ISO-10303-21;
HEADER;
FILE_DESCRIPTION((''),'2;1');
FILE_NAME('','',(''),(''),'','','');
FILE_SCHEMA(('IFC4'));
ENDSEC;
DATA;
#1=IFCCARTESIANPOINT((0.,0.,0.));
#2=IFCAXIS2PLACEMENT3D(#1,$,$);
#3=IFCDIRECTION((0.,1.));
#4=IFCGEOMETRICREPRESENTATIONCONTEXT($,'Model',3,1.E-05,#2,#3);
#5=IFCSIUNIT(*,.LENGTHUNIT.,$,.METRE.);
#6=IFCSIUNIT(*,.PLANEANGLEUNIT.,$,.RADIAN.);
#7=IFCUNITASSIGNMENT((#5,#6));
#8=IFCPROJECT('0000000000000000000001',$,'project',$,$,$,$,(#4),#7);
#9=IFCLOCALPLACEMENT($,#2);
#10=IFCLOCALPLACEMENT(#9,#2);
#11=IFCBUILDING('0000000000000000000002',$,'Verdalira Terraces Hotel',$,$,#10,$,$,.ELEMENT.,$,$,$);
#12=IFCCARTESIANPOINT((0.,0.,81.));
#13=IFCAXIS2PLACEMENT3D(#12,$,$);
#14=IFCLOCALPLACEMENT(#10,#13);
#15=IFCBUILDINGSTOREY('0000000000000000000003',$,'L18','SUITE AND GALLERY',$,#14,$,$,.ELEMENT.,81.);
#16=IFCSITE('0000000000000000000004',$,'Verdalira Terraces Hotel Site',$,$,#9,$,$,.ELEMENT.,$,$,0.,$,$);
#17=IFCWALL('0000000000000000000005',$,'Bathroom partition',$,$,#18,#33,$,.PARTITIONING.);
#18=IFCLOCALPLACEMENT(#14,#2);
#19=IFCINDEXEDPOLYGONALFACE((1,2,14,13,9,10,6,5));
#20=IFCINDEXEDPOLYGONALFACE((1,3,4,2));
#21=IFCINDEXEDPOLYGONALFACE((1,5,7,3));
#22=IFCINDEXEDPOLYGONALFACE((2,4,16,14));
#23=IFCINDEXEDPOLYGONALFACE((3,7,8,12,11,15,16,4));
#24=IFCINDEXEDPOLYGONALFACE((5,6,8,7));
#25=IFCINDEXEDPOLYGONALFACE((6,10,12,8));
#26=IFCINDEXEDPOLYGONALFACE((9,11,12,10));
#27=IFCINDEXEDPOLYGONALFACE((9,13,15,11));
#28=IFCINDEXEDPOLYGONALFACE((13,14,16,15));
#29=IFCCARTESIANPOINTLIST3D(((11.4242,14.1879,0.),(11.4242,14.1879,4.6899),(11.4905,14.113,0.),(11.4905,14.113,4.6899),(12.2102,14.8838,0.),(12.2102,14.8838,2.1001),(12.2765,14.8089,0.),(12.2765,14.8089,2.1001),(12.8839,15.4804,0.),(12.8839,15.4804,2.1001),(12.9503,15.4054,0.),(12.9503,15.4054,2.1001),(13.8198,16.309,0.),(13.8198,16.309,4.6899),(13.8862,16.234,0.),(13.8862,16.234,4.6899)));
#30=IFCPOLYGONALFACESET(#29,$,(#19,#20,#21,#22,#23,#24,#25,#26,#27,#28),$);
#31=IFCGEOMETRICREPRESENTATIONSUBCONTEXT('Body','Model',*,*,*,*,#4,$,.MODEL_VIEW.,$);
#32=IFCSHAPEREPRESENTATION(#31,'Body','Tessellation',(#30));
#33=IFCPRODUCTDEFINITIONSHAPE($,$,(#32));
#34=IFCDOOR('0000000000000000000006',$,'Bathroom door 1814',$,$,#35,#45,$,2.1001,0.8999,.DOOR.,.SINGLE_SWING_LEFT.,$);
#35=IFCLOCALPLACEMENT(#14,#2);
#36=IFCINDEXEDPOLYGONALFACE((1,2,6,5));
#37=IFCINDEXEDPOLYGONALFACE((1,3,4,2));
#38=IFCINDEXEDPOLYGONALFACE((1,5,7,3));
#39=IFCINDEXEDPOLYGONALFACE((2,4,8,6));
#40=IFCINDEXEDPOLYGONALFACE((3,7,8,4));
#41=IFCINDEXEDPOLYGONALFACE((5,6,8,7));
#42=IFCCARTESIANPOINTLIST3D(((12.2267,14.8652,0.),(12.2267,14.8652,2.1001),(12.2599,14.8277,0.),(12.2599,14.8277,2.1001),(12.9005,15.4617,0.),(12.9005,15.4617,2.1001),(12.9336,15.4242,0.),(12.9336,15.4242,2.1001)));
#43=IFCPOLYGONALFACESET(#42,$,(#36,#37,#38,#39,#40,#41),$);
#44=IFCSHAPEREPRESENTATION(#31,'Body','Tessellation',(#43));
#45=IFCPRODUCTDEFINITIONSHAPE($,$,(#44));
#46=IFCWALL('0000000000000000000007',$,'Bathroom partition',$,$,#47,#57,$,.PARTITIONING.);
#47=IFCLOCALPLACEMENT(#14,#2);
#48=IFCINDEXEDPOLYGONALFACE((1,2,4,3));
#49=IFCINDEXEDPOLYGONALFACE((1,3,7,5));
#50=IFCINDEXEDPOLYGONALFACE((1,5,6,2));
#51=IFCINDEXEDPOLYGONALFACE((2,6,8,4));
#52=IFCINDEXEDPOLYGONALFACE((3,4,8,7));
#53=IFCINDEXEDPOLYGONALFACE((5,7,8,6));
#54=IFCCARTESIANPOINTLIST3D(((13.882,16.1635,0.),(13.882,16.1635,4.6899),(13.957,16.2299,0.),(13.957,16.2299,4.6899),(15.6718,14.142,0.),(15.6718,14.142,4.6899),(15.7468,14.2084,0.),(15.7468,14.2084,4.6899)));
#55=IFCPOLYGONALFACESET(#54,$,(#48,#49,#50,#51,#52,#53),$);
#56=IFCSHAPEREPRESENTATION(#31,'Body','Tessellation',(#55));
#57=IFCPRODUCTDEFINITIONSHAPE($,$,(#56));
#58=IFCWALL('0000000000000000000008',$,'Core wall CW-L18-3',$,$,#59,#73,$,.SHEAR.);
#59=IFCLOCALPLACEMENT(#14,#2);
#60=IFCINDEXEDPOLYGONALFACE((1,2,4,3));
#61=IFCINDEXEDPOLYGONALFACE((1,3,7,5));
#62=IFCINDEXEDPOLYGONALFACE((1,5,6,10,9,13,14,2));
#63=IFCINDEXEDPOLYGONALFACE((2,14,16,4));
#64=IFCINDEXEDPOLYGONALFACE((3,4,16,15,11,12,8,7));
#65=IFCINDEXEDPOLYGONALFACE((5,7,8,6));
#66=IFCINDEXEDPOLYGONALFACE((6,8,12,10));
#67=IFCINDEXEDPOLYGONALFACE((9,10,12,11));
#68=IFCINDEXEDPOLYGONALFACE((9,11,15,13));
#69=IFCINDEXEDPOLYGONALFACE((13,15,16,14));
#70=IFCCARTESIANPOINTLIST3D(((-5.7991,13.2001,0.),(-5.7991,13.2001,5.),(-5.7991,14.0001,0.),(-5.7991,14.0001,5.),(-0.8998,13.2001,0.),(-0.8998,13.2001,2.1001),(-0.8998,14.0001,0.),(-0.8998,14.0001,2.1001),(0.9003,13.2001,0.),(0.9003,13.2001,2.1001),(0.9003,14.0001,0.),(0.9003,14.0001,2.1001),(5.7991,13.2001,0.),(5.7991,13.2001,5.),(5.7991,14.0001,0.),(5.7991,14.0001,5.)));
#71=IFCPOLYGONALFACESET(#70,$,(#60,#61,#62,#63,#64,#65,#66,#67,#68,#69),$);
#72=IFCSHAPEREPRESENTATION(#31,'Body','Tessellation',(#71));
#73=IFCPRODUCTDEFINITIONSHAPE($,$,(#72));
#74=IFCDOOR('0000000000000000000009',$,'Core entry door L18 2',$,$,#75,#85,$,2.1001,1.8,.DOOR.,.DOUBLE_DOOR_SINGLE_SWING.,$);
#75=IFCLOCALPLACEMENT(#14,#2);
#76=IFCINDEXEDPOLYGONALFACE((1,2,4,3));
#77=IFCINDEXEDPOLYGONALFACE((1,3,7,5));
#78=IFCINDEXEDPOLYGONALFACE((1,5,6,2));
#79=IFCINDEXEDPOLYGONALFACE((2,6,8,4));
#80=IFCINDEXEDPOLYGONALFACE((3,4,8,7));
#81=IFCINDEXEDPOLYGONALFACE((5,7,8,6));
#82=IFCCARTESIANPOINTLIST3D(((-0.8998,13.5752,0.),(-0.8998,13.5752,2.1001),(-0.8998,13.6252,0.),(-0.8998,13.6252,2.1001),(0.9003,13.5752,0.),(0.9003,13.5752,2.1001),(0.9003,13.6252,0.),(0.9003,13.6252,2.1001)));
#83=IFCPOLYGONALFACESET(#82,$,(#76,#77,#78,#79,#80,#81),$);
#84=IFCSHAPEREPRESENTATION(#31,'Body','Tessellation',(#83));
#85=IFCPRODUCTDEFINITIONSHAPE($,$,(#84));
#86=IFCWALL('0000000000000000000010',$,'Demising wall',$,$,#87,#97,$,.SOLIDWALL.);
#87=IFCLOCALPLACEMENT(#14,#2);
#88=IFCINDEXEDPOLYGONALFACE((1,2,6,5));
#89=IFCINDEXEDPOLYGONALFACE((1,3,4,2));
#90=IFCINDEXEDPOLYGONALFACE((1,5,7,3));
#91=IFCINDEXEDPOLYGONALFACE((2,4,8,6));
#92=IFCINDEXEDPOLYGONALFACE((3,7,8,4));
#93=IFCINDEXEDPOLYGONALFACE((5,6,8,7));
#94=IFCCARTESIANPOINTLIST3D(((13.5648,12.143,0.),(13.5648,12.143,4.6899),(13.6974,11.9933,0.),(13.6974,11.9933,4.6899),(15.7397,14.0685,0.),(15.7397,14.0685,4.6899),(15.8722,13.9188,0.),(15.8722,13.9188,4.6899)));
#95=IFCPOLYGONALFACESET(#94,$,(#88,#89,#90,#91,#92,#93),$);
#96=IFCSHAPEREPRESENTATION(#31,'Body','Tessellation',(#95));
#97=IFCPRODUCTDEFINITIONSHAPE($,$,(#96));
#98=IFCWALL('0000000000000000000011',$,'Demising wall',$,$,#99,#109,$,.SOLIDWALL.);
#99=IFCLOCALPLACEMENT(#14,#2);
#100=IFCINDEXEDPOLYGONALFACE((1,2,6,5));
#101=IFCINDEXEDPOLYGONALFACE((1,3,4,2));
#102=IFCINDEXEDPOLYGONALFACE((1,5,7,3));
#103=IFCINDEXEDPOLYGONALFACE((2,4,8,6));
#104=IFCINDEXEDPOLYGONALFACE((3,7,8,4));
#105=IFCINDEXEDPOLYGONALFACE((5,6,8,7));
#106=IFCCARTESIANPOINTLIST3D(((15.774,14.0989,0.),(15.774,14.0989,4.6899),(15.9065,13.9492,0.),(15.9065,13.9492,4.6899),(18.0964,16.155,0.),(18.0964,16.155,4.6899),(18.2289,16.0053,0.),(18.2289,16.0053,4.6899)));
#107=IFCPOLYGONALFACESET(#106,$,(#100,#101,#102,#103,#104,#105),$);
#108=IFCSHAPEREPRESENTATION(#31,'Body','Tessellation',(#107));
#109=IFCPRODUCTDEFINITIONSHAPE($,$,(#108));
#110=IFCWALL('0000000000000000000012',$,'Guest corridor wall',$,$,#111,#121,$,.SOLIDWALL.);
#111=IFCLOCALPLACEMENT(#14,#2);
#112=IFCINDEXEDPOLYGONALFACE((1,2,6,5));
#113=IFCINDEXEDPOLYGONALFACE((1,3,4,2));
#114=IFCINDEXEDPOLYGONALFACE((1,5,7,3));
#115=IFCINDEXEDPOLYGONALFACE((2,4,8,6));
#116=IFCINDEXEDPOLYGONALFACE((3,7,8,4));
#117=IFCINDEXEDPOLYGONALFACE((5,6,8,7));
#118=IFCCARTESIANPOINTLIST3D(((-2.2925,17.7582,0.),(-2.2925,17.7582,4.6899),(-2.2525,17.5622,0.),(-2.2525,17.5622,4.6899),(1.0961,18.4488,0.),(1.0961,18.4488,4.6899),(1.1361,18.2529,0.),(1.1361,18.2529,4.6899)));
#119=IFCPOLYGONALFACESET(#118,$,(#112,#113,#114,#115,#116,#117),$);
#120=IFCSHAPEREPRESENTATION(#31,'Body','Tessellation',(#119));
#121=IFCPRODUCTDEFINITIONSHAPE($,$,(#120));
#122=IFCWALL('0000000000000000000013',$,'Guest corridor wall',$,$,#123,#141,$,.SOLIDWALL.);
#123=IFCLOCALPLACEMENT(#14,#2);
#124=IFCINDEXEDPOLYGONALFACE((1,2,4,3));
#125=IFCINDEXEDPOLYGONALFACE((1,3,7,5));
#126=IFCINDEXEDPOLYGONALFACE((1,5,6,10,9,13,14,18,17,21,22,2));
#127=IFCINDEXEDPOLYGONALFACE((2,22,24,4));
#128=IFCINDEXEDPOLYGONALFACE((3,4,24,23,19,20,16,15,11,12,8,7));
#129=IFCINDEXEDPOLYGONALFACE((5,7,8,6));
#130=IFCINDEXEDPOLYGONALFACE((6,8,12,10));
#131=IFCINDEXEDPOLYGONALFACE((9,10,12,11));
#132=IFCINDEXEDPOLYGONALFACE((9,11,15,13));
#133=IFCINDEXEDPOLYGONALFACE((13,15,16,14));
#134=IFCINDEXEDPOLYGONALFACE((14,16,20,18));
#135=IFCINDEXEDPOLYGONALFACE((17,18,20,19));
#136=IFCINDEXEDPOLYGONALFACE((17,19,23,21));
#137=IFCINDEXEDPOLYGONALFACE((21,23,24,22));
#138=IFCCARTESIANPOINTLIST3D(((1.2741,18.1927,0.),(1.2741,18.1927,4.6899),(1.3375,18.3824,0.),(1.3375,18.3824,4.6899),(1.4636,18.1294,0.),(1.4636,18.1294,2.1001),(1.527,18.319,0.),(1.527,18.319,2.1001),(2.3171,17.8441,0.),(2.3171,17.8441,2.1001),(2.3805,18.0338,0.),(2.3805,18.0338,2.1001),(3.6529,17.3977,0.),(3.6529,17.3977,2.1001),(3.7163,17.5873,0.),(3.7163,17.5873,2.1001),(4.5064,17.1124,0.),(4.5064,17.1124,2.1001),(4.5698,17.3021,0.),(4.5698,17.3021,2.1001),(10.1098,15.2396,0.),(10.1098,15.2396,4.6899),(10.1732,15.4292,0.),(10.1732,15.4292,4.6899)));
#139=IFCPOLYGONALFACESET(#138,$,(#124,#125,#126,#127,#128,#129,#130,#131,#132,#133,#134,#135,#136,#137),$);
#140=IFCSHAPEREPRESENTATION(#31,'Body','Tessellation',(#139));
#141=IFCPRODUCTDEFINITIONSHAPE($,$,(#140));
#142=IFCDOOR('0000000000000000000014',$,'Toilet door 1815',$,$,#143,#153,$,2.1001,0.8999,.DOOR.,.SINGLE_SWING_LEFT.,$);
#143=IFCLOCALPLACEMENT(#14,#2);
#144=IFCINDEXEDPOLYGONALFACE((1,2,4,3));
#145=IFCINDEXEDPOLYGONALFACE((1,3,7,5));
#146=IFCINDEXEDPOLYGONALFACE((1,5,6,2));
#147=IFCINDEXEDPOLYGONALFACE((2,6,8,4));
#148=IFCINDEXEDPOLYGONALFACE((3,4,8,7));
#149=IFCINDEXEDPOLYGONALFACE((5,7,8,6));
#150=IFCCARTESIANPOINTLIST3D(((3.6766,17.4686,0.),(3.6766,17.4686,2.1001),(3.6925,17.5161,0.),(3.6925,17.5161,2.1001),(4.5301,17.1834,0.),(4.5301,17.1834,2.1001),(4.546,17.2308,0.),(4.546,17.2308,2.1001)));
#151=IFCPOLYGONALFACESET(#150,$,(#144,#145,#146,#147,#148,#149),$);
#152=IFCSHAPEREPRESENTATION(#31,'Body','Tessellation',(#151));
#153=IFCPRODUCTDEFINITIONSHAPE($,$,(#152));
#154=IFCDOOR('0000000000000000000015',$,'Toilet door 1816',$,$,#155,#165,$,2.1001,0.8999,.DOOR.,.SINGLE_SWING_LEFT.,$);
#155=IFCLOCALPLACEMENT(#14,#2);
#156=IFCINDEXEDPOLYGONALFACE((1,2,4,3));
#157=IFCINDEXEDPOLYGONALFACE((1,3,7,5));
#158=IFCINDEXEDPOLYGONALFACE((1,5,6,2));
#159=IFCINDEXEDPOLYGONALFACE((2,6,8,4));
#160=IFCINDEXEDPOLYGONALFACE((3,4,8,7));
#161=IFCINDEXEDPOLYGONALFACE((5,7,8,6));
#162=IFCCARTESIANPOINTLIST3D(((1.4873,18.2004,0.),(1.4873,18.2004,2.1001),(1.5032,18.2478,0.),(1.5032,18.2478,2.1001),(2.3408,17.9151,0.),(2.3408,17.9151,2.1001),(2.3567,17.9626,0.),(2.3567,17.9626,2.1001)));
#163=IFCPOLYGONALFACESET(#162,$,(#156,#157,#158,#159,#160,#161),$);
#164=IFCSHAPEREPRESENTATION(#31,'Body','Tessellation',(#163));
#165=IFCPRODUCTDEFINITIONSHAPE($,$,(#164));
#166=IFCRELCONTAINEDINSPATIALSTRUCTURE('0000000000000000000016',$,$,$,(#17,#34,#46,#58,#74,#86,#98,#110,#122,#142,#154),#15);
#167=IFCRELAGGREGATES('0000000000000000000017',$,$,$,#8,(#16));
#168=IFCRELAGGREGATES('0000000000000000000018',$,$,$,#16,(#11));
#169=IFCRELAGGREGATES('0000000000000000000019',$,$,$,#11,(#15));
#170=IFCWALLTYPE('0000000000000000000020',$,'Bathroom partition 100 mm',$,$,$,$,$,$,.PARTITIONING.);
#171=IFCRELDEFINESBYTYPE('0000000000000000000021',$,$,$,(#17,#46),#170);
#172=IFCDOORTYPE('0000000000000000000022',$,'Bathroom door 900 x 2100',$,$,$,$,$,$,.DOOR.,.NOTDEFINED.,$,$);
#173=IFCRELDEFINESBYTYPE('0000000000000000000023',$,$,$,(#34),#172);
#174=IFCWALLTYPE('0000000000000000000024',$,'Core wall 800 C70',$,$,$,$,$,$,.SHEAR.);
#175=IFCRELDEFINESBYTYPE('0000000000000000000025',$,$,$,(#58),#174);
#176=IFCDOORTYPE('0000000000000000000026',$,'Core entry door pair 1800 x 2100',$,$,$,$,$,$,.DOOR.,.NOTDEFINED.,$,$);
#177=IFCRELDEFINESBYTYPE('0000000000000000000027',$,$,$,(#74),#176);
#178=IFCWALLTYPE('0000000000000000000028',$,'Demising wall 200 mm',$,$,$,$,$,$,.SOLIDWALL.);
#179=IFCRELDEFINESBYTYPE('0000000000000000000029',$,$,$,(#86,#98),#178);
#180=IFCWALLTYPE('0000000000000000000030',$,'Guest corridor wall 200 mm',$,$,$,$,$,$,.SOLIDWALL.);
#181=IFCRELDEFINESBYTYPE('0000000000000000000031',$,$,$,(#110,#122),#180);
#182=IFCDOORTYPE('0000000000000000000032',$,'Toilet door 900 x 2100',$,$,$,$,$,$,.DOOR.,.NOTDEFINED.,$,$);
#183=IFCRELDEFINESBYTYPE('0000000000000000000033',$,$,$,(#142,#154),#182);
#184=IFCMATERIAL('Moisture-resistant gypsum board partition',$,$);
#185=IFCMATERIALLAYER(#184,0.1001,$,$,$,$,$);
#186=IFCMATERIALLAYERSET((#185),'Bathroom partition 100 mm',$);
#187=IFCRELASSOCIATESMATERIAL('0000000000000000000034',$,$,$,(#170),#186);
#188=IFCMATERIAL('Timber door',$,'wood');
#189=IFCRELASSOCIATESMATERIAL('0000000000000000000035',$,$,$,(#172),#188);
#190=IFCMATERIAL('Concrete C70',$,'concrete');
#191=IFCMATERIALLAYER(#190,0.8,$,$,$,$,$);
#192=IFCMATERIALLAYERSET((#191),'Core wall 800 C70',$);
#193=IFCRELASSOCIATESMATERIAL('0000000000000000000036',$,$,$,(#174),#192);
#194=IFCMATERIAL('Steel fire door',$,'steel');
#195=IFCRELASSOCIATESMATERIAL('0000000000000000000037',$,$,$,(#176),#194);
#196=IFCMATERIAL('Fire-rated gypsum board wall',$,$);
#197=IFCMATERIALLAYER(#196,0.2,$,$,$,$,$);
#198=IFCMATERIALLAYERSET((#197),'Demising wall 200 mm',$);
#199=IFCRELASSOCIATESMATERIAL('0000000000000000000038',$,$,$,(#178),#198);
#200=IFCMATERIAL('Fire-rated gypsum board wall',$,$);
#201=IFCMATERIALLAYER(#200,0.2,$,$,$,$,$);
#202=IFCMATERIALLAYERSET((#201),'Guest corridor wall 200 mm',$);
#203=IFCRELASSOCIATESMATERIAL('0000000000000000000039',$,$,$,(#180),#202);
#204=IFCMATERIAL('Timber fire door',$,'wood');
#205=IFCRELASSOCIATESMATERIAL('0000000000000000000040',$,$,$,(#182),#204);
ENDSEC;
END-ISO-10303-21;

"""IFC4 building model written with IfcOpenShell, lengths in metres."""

from ifc_helpers import new_model, si_unit, direction, frame, frame_2d, origin, place, context, subcontext, project, spatial, rectangle, extrude, material, layer, layer_set, type_object, element, fill, save


model = new_model("IFC4")

# Units and contexts
model_context = context("Model", 3, precision=1e-05, world=origin(), true_north=direction((0.0, 1.0)))
body_context = subcontext(model_context, "Body", "Model", "MODEL_VIEW")
ifc_project = project(units=[si_unit("LENGTHUNIT", "METRE"), si_unit("PLANEANGLEUNIT", "RADIAN")], contexts=[model_context])

# Site, building, storey
site_placement = place(None, origin())
site = spatial("IfcSite", under=ifc_project, at=site_placement, Name="Verdalira Terraces Hotel Site", CompositionType="ELEMENT", RefElevation=0.0)
building_placement = place(site_placement, origin())
building = spatial("IfcBuilding", under=site, at=building_placement, Name="Verdalira Terraces Hotel", CompositionType="ELEMENT")
storey_placement = place(building_placement, frame((0.0, 0.0, 81.0)))
storey = spatial("IfcBuildingStorey", under=building, at=storey_placement, Name="L18", Description="SUITE AND GALLERY", CompositionType="ELEMENT", Elevation=81.0)

# Wall, opening, door
ifc_material_1 = material(Name="Moisture-resistant gypsum board partition")
ifc_layer_1 = layer(ifc_material_1, 0.1001)
ifc_layer_set_1 = layer_set([ifc_layer_1], Name="Bathroom partition 100 mm")
wall_type_1 = type_object("IfcWallType", Name="Bathroom partition 100 mm", PredefinedType="PARTITIONING", material=ifc_layer_set_1)
wall_1_placement = place(storey_placement, frame((13.853, 16.2715, 0.0), z_axis=(0.0, 0.0, 1.0), x_axis=(-0.748721, -0.662885, 0.0)))
wall_1 = element("IfcWall", 1, at=wall_1_placement, inside=storey, type_object=wall_type_1, Name="Bathroom partition", PredefinedType="PARTITIONING", context=body_context, shape_type="SweptSolid", body=[
    extrude(rectangle(XDim=3.1997, YDim=0.1001, at=frame_2d((1.5999, 0.0))), origin(), (0.0, 0.0, 1.0), 4.6899),
])
opening_1_placement = place(wall_1_placement, frame((1.25, 0.0, 0.0)))
opening_1 = element("IfcOpeningElement", 2, at=opening_1_placement, cuts=wall_1, PredefinedType="OPENING", context=body_context, shape_type="SweptSolid", body=[
    extrude(rectangle(XDim=0.8999, YDim=2.1001, at=frame_2d((0.45, 1.05))), frame((0.0, 0.0601, 0.0), z_axis=(0.0, -1.0, 0.0), x_axis=(1.0, 0.0, 0.0)), (0.0, 0.0, 1.0), 0.1201),
])
ifc_material_2 = material(Name="Timber door", Category="wood")
door_type_1 = type_object("IfcDoorType", Name="Bathroom door 900 x 2100", OperationType="NOTDEFINED", PredefinedType="DOOR", material=ifc_material_2)
door_1_placement = place(opening_1_placement, origin())
door_1 = element("IfcDoor", 3, at=door_1_placement, inside=storey, type_object=door_type_1, Name="Bathroom door 1814", OperationType="SINGLE_SWING_LEFT", OverallHeight=2.1001, OverallWidth=0.8999, PredefinedType="DOOR", context=body_context, shape_type="SweptSolid", body=[
    extrude(rectangle(XDim=0.8999, YDim=2.1001, at=frame_2d((0.45, 1.05))), frame((0.0, 0.0249, 0.0), z_axis=(0.0, -1.0, 0.0), x_axis=(1.0, 0.0, 0.0)), (0.0, 0.0, 1.0), 0.05),
])
fill(opening_1, door_1)

# Wall
wall_2_placement = place(storey_placement, frame((13.9194, 16.1968, 0.0), z_axis=(0.0, 0.0, 1.0), x_axis=(0.662898, -0.74871, 0.0)))
element("IfcWall", 4, at=wall_2_placement, inside=storey, type_object=wall_type_1, Name="Bathroom partition", PredefinedType="PARTITIONING", context=body_context, shape_type="SweptSolid", body=[
    extrude(rectangle(XDim=2.7, YDim=0.1001, at=frame_2d((1.3501, 0.0))), origin(), (0.0, 0.0, 1.0), 4.6899),
])

# Wall, opening, door
ifc_material_3 = material(Name="Concrete C70", Category="concrete")
ifc_layer_2 = layer(ifc_material_3, 0.8)
ifc_layer_set_2 = layer_set([ifc_layer_2], Name="Core wall 800 C70")
wall_type_2 = type_object("IfcWallType", Name="Core wall 800 C70", PredefinedType="SHEAR", material=ifc_layer_set_2)
wall_3_placement = place(storey_placement, frame((5.7991, 13.6001, 0.0), z_axis=(0.0, 0.0, 1.0), x_axis=(-1.0, 0.0, 0.0)))
wall_3 = element("IfcWall", 5, at=wall_3_placement, inside=storey, type_object=wall_type_2, Name="Core wall CW-L18-3", PredefinedType="SHEAR", context=body_context, shape_type="SweptSolid", body=[
    extrude(rectangle(XDim=11.5981, YDim=0.8, at=frame_2d((5.7991, 0.0))), origin(), (0.0, 0.0, 1.0), 5.0),
])
opening_2_placement = place(wall_3_placement, frame((4.8989, 0.0, 0.0)))
opening_2 = element("IfcOpeningElement", 6, at=opening_2_placement, cuts=wall_3, PredefinedType="OPENING", context=body_context, shape_type="SweptSolid", body=[
    extrude(rectangle(XDim=1.8, YDim=2.1001, at=frame_2d((0.8999, 1.05))), frame((0.0, 0.4099, 0.0), z_axis=(0.0, -1.0, 0.0), x_axis=(1.0, 0.0, 0.0)), (0.0, 0.0, 1.0), 0.8201),
])
ifc_material_4 = material(Name="Steel fire door", Category="steel")
door_type_2 = type_object("IfcDoorType", Name="Core entry door pair 1800 x 2100", OperationType="NOTDEFINED", PredefinedType="DOOR", material=ifc_material_4)
door_2_placement = place(opening_2_placement, origin())
door_2 = element("IfcDoor", 7, at=door_2_placement, inside=storey, type_object=door_type_2, Name="Core entry door L18 2", OperationType="DOUBLE_DOOR_SINGLE_SWING", OverallHeight=2.1001, OverallWidth=1.8, PredefinedType="DOOR", context=body_context, shape_type="SweptSolid", body=[
    extrude(rectangle(XDim=1.8, YDim=2.1001, at=frame_2d((0.8999, 1.05))), frame((0.0, 0.0249, 0.0), z_axis=(0.0, -1.0, 0.0), x_axis=(1.0, 0.0, 0.0)), (0.0, 0.0, 1.0), 0.05),
])
fill(opening_2, door_2)

# Walls
ifc_material_5 = material(Name="Fire-rated gypsum board wall")
ifc_layer_3 = layer(ifc_material_5, 0.2)
ifc_layer_set_3 = layer_set([ifc_layer_3], Name="Demising wall 200 mm")
wall_type_3 = type_object("IfcWallType", Name="Demising wall 200 mm", PredefinedType="SOLIDWALL", material=ifc_layer_set_3)
wall_4_placement = place(storey_placement, frame((13.6311, 12.0681, 0.0), z_axis=(0.0, 0.0, 1.0), x_axis=(0.748711, 0.662897, 0.0)))
element("IfcWall", 8, at=wall_4_placement, inside=storey, type_object=wall_type_3, Name="Demising wall", PredefinedType="SOLIDWALL", context=body_context, shape_type="SweptSolid", body=[
    extrude(rectangle(XDim=2.9048, YDim=0.2, at=frame_2d((1.4524, 0.0))), origin(), (0.0, 0.0, 1.0), 4.6899),
])
wall_5_placement = place(storey_placement, frame((15.8403, 14.0242, 0.0), z_axis=(0.0, 0.0, 1.0), x_axis=(0.748737, 0.662868, 0.0)))
element("IfcWall", 9, at=wall_5_placement, inside=storey, type_object=wall_type_3, Name="Demising wall", PredefinedType="SOLIDWALL", context=body_context, shape_type="SweptSolid", body=[
    extrude(rectangle(XDim=3.1018, YDim=0.2, at=frame_2d((1.5508, 0.0))), origin(), (0.0, 0.0, 1.0), 4.6899),
])
ifc_material_6 = material(Name="Fire-rated gypsum board wall")
ifc_layer_4 = layer(ifc_material_6, 0.2)
ifc_layer_set_4 = layer_set([ifc_layer_4], Name="Guest corridor wall 200 mm")
wall_type_4 = type_object("IfcWallType", Name="Guest corridor wall 200 mm", PredefinedType="SOLIDWALL", material=ifc_layer_set_4)
wall_6_placement = place(storey_placement, frame((1.116, 18.3508, 0.0), z_axis=(0.0, 0.0, 1.0), x_axis=(-0.979855, -0.199712, 0.0)))
element("IfcWall", 10, at=wall_6_placement, inside=storey, type_object=wall_type_4, Name="Guest corridor wall", PredefinedType="SOLIDWALL", context=body_context, shape_type="SweptSolid", body=[
    extrude(rectangle(XDim=3.4583, YDim=0.2, at=frame_2d((1.729, 0.0))), origin(), (0.0, 0.0, 1.0), 4.6899),
])

# Wall, openings, doors
wall_7_placement = place(storey_placement, frame((1.3057, 18.2876, 0.0), z_axis=(0.0, 0.0, 1.0), x_axis=(0.948429, -0.31699, 0.0)))
wall_7 = element("IfcWall", 11, at=wall_7_placement, inside=storey, type_object=wall_type_4, Name="Guest corridor wall", PredefinedType="SOLIDWALL", context=body_context, shape_type="SweptSolid", body=[
    extrude(rectangle(XDim=9.3162, YDim=0.2, at=frame_2d((4.6582, 0.0))), origin(), (0.0, 0.0, 1.0), 4.6899),
])
opening_3_placement = place(wall_7_placement, frame((2.5083, 0.0, 0.0)))
opening_3 = element("IfcOpeningElement", 12, at=opening_3_placement, cuts=wall_7, PredefinedType="OPENING", context=body_context, shape_type="SweptSolid", body=[
    extrude(rectangle(XDim=0.8999, YDim=2.1001, at=frame_2d((0.45, 1.05))), frame((0.0, 0.1099, 0.0), z_axis=(0.0, -1.0, 0.0), x_axis=(1.0, 0.0, 0.0)), (0.0, 0.0, 1.0), 0.22),
])
opening_4_placement = place(wall_7_placement, frame((0.2, 0.0, 0.0)))
opening_4 = element("IfcOpeningElement", 13, at=opening_4_placement, cuts=wall_7, PredefinedType="OPENING", context=body_context, shape_type="SweptSolid", body=[
    extrude(rectangle(XDim=0.8999, YDim=2.1001, at=frame_2d((0.45, 1.05))), frame((0.0, 0.1099, 0.0), z_axis=(0.0, -1.0, 0.0), x_axis=(1.0, 0.0, 0.0)), (0.0, 0.0, 1.0), 0.22),
])
ifc_material_7 = material(Name="Timber fire door", Category="wood")
door_type_3 = type_object("IfcDoorType", Name="Toilet door 900 x 2100", OperationType="NOTDEFINED", PredefinedType="DOOR", material=ifc_material_7)
door_3_placement = place(opening_3_placement, origin())
door_3 = element("IfcDoor", 14, at=door_3_placement, inside=storey, type_object=door_type_3, Name="Toilet door 1815", OperationType="SINGLE_SWING_LEFT", OverallHeight=2.1001, OverallWidth=0.8999, PredefinedType="DOOR", context=body_context, shape_type="SweptSolid", body=[
    extrude(rectangle(XDim=0.8999, YDim=2.1001, at=frame_2d((0.45, 1.05))), frame((0.0, 0.0249, 0.0), z_axis=(0.0, -1.0, 0.0), x_axis=(1.0, 0.0, 0.0)), (0.0, 0.0, 1.0), 0.05),
])
fill(opening_3, door_3)
door_4_placement = place(opening_4_placement, origin())
door_4 = element("IfcDoor", 15, at=door_4_placement, inside=storey, type_object=door_type_3, Name="Toilet door 1816", OperationType="SINGLE_SWING_LEFT", OverallHeight=2.1001, OverallWidth=0.8999, PredefinedType="DOOR", context=body_context, shape_type="SweptSolid", body=[
    extrude(rectangle(XDim=0.8999, YDim=2.1001, at=frame_2d((0.45, 1.05))), frame((0.0, 0.0249, 0.0), z_axis=(0.0, -1.0, 0.0), x_axis=(1.0, 0.0, 0.0)), (0.0, 0.0, 1.0), 0.05),
])
fill(opening_4, door_4)

save(model, "model.ifc")
